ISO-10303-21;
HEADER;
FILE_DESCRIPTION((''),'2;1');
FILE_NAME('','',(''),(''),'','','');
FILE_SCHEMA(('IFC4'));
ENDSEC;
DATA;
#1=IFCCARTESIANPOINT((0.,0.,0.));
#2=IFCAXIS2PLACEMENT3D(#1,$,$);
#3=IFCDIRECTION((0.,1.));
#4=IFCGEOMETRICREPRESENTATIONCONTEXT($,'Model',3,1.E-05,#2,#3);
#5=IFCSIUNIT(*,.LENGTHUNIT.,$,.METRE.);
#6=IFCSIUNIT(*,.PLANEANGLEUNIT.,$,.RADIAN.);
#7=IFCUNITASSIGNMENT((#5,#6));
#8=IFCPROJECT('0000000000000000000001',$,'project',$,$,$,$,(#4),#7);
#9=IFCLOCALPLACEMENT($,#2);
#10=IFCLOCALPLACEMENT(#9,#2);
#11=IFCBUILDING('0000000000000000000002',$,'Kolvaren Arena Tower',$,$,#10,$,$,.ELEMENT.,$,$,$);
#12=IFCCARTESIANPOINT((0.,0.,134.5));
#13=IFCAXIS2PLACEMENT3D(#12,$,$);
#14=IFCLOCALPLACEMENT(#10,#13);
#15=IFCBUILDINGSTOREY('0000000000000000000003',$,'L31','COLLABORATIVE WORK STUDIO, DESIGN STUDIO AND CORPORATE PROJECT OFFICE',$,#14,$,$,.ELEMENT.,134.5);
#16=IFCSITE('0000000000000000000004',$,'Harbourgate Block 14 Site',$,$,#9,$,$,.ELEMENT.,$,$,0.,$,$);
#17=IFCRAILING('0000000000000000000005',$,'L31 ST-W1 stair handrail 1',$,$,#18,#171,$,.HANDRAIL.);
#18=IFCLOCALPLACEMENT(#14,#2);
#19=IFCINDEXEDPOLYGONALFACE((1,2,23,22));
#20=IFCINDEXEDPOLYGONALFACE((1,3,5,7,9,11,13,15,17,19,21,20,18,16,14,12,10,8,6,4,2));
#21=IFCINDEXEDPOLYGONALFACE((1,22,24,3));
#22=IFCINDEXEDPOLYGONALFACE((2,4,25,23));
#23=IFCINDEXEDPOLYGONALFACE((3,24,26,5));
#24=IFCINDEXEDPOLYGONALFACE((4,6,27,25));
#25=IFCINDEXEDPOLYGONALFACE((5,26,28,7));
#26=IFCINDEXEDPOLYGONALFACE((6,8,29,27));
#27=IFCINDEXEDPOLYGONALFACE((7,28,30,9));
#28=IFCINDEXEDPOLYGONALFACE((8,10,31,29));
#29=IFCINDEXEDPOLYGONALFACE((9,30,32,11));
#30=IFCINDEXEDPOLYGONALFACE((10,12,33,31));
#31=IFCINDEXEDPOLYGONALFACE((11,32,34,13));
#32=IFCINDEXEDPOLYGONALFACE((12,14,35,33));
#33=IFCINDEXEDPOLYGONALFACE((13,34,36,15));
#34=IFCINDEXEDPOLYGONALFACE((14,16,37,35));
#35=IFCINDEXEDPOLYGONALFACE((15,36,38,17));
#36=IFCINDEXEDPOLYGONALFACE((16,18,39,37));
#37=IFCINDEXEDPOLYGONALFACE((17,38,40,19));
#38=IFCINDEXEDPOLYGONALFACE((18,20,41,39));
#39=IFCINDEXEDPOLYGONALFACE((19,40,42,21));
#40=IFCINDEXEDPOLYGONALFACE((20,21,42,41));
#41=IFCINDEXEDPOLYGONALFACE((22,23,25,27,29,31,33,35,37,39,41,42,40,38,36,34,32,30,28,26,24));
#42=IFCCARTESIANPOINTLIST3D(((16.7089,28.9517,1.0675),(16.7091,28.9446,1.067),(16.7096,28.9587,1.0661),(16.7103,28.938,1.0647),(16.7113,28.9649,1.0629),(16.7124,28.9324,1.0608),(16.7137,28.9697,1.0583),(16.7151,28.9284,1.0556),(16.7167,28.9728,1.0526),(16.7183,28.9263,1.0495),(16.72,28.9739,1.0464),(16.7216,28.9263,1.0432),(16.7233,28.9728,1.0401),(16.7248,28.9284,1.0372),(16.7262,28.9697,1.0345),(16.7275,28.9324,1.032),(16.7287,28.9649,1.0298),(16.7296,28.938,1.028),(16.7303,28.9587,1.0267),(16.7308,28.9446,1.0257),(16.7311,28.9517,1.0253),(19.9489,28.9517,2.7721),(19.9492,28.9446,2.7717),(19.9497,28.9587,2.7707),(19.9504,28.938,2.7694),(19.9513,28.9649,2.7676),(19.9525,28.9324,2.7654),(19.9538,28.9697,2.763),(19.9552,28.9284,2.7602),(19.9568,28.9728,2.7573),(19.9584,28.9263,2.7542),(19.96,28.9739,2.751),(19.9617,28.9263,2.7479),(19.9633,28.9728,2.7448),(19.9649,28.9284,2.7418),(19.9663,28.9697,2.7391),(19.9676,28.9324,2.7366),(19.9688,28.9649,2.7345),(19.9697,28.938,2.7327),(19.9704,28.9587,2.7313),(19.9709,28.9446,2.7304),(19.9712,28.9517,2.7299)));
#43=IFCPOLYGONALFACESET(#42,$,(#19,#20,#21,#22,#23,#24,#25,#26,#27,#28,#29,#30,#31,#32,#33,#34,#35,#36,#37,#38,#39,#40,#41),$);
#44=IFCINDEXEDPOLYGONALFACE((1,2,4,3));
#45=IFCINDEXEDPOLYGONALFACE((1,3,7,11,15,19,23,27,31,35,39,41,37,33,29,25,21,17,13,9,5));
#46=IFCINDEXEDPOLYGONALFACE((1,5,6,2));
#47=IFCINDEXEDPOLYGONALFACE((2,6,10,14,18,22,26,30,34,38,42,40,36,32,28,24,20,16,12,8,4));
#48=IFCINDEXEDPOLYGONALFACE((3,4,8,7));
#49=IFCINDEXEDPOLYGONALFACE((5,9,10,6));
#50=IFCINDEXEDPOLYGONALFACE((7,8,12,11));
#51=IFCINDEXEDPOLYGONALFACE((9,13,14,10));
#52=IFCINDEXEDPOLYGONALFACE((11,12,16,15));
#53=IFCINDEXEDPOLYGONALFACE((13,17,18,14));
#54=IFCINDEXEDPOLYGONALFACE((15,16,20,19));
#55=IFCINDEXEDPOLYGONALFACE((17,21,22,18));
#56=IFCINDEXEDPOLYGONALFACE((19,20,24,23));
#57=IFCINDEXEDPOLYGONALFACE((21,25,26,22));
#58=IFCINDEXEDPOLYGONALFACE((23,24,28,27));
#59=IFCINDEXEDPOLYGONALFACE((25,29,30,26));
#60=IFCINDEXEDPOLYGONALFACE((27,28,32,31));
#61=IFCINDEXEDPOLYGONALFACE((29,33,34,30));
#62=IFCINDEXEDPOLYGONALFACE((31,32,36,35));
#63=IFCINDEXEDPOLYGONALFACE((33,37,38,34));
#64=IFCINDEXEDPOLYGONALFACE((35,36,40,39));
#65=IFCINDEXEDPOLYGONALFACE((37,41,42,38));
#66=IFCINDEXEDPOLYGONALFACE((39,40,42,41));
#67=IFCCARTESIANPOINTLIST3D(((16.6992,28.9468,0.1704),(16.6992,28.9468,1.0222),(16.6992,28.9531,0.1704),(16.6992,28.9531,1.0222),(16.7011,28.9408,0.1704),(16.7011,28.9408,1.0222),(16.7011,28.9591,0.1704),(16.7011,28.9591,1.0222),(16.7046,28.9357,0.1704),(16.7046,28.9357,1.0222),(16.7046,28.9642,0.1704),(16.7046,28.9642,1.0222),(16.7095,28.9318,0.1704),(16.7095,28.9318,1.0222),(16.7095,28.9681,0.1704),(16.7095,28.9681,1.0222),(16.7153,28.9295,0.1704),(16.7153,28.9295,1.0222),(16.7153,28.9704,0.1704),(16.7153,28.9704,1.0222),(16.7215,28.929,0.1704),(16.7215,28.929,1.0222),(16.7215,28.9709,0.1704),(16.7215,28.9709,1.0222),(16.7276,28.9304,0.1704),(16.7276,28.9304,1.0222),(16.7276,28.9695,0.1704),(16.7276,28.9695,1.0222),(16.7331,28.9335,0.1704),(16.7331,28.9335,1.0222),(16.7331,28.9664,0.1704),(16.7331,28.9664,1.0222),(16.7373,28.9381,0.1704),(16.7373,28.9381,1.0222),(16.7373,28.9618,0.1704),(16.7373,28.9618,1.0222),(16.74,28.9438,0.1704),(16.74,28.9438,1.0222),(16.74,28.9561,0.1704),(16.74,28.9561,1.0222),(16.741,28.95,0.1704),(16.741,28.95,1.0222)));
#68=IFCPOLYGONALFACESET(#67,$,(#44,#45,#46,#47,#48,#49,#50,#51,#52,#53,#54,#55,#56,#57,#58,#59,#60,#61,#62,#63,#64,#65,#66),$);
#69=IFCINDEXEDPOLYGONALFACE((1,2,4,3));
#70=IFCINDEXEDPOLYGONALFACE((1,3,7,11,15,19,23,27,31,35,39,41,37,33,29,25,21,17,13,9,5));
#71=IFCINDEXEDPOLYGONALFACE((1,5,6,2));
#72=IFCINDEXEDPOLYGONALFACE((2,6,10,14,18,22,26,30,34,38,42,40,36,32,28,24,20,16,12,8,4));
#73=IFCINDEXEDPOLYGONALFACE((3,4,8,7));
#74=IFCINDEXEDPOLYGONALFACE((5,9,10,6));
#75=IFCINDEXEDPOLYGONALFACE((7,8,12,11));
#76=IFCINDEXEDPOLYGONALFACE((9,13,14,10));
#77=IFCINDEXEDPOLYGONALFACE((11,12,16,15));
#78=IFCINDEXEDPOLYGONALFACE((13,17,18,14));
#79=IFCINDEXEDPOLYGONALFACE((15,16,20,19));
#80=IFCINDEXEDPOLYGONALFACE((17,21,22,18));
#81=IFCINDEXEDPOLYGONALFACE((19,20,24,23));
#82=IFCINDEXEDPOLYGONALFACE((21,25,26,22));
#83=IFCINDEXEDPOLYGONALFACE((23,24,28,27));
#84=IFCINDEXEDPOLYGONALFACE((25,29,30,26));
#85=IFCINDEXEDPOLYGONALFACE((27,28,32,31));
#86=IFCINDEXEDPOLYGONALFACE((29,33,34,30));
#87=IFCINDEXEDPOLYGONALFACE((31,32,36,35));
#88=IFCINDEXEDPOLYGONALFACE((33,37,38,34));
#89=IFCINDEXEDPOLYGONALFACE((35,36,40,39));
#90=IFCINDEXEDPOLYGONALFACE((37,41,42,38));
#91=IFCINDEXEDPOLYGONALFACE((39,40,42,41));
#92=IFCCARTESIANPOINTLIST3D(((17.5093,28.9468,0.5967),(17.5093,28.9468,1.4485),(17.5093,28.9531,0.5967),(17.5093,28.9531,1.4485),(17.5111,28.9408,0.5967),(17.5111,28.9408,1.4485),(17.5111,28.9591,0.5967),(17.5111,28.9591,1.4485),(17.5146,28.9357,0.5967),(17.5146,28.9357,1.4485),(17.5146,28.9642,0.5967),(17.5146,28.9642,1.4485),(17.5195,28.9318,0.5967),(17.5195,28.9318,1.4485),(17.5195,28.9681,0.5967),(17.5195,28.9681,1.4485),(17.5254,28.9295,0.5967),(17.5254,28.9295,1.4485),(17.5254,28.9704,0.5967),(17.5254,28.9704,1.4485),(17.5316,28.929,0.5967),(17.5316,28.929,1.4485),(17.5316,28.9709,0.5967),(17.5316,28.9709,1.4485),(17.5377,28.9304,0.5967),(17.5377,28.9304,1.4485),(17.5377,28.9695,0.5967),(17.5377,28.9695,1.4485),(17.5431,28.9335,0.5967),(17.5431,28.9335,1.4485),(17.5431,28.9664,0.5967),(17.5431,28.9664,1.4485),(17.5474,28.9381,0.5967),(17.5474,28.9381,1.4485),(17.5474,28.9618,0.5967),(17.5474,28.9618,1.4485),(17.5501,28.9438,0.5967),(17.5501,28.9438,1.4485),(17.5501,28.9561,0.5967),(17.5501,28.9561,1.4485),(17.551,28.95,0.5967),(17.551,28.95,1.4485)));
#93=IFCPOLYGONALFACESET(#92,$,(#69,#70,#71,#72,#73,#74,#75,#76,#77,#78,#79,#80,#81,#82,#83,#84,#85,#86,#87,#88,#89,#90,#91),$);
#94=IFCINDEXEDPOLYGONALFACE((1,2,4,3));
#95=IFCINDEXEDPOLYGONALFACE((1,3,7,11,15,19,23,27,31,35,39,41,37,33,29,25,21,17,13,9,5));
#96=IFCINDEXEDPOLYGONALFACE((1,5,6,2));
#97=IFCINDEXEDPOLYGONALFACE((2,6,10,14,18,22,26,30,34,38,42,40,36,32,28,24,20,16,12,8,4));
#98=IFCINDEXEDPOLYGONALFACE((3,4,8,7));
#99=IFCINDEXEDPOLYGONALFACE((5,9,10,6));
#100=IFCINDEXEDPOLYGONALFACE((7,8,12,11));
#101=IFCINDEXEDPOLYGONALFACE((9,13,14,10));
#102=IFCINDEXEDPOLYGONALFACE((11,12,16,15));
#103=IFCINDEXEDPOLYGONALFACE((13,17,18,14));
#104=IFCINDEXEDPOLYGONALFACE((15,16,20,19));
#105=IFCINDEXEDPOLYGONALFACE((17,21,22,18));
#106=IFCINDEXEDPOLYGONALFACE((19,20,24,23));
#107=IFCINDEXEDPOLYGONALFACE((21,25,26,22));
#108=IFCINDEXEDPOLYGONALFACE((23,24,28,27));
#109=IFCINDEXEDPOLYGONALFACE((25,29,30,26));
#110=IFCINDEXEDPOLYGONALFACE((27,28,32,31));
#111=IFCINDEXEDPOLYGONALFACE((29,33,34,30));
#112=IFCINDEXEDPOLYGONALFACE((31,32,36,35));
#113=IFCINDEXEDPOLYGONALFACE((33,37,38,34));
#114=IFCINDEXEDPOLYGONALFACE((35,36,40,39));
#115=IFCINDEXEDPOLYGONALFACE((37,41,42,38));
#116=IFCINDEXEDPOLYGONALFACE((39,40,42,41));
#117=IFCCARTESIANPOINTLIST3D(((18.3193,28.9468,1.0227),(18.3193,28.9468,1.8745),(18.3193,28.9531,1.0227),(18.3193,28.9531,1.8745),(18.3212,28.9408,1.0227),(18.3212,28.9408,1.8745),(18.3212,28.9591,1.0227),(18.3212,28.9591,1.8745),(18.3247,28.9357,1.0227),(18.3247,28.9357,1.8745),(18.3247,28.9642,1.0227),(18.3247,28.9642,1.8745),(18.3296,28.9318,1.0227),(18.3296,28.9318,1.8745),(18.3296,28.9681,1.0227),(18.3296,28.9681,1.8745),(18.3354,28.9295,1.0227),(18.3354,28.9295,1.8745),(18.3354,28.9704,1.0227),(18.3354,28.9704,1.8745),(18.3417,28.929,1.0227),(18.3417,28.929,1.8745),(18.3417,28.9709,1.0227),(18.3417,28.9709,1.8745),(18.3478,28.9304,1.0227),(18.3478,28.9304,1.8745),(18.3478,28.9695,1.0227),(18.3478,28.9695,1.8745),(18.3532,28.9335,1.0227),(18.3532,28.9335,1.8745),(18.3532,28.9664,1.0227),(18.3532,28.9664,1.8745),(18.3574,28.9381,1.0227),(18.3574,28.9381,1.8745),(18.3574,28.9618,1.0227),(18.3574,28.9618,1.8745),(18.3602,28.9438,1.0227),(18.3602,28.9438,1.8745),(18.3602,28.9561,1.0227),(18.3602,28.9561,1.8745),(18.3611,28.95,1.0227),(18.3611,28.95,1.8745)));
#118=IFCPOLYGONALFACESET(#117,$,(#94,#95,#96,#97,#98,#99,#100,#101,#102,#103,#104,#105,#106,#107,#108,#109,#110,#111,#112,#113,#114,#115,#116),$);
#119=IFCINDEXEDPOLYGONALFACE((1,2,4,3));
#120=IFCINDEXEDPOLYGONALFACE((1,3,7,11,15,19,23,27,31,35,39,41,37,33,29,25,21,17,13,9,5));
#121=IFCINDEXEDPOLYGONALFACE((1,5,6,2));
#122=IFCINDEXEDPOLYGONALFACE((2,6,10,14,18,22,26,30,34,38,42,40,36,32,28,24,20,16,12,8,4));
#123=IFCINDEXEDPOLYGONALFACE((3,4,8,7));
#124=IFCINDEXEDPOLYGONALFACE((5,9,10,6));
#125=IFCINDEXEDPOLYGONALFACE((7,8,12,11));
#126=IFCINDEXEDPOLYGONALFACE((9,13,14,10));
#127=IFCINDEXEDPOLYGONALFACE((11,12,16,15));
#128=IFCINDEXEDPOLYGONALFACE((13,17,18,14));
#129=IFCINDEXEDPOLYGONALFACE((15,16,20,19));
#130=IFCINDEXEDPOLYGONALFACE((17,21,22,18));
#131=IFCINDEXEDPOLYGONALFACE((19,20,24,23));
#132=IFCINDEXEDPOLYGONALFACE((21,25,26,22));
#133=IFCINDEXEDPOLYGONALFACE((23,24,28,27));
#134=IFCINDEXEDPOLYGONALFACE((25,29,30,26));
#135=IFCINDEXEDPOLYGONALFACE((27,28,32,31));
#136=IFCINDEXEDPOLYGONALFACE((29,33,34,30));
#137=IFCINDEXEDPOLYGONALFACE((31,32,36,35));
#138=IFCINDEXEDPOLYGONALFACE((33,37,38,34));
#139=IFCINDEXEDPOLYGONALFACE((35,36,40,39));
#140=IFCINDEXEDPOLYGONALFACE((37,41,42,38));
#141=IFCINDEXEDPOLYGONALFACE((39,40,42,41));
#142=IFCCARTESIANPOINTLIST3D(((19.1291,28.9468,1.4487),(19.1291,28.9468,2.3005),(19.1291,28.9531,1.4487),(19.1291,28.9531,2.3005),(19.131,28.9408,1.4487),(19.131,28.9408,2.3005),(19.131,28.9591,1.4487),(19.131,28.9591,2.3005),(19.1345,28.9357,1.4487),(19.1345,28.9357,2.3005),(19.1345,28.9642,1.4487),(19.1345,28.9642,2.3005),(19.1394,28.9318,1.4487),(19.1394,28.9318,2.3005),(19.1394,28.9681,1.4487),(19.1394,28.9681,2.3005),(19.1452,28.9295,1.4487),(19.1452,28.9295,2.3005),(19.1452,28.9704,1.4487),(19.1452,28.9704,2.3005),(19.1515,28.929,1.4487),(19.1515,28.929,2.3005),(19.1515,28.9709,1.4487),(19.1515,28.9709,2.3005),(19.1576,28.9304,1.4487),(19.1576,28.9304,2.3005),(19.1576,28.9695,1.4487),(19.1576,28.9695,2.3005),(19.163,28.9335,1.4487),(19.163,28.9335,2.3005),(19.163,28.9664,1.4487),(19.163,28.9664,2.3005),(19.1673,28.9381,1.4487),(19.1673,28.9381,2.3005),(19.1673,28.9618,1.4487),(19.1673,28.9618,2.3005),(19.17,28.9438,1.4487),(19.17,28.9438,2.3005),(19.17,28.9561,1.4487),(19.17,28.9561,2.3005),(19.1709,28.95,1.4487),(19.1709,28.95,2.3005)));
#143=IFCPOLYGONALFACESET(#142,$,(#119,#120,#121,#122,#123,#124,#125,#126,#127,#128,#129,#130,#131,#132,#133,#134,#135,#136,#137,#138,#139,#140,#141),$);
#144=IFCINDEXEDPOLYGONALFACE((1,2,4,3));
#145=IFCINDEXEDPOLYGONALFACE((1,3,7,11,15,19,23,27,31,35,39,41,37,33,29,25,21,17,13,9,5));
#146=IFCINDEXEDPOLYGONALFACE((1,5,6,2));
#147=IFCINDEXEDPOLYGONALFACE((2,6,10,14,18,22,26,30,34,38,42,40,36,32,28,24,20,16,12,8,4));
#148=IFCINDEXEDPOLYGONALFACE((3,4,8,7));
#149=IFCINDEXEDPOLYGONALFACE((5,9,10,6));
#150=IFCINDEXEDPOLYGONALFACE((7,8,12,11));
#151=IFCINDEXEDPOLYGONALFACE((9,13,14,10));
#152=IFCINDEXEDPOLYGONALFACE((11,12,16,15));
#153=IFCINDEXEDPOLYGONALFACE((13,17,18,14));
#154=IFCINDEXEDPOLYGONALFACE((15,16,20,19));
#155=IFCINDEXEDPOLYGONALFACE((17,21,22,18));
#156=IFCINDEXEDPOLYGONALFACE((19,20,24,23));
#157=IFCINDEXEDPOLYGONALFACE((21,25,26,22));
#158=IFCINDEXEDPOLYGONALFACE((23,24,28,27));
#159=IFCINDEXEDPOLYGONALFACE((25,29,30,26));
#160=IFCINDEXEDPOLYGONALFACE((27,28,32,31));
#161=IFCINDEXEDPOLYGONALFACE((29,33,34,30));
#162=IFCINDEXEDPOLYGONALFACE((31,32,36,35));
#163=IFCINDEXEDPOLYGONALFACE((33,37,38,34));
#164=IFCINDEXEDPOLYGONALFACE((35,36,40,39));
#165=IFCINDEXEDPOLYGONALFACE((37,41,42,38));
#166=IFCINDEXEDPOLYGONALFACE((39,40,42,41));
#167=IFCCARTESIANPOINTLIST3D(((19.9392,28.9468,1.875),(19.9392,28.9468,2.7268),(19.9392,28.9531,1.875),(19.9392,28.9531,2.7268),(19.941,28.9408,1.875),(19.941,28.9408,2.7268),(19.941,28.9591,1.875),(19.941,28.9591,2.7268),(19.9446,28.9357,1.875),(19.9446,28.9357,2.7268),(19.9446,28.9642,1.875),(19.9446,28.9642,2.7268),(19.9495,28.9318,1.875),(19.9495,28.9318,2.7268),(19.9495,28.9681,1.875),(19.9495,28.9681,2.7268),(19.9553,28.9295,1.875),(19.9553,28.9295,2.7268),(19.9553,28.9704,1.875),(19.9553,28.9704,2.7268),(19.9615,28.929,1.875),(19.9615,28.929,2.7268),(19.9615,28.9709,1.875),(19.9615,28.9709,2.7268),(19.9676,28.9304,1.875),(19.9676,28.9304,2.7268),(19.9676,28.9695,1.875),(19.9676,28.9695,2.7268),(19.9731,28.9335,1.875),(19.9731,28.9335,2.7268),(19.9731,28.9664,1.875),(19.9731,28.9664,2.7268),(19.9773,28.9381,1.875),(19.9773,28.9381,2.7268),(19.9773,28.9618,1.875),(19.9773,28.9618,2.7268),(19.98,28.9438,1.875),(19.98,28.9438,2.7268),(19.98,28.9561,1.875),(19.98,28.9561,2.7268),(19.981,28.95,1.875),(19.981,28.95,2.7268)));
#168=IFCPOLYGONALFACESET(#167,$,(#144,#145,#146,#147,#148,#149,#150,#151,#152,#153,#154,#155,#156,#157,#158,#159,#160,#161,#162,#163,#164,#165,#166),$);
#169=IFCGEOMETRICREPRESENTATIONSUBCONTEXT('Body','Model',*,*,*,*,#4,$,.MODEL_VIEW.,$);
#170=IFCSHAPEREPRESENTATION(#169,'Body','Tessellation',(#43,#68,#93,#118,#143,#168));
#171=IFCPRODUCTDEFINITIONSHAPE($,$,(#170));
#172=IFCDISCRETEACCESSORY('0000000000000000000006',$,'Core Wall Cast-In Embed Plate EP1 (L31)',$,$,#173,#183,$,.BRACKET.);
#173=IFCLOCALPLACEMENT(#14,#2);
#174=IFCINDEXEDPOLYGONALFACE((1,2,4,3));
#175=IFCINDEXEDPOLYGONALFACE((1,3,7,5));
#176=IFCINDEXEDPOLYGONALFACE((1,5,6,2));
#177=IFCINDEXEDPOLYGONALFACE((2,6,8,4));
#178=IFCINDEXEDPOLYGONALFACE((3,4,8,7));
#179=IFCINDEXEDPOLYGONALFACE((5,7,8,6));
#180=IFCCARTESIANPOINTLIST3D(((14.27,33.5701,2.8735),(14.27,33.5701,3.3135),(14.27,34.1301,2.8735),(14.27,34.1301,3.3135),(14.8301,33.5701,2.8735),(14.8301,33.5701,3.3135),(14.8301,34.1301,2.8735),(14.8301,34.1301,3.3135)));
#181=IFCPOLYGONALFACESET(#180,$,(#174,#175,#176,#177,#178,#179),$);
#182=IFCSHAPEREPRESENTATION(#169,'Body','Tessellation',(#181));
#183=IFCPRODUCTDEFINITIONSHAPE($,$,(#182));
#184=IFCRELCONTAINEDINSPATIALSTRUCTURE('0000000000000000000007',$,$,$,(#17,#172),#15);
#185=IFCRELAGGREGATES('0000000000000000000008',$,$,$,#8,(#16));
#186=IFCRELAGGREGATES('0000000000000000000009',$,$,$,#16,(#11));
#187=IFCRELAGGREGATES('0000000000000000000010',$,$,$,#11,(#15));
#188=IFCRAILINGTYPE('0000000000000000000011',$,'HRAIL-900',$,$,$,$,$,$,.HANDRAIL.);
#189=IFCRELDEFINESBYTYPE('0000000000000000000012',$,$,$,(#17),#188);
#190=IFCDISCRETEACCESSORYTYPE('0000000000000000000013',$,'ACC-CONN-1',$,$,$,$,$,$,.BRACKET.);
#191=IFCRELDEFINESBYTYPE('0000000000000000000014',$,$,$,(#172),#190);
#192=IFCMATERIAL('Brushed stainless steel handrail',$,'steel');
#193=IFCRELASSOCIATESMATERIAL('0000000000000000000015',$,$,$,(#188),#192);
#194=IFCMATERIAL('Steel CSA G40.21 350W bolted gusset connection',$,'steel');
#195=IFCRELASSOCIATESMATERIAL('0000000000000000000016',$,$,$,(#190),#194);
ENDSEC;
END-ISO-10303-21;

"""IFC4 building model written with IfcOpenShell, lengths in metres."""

from ifc_helpers import new_model, si_unit, direction, frame, origin, origin_2d, place, context, subcontext, project, spatial, rectangle, circle, extrude, material, type_object, element, save


model = new_model("IFC4")

# Units and contexts
model_context = context("Model", 3, precision=1e-05, world=origin(), true_north=direction((0.0, 1.0)))
body_context = subcontext(model_context, "Body", "Model", "MODEL_VIEW")
ifc_project = project(units=[si_unit("LENGTHUNIT", "METRE"), si_unit("PLANEANGLEUNIT", "RADIAN")], contexts=[model_context])

# Site, building, storey
site_placement = place(None, origin())
site = spatial("IfcSite", under=ifc_project, at=site_placement, Name="Harbourgate Block 14 Site", CompositionType="ELEMENT", RefElevation=0.0)
building_placement = place(site_placement, origin())
building = spatial("IfcBuilding", under=site, at=building_placement, Name="Kolvaren Arena Tower", CompositionType="ELEMENT")
storey_placement = place(building_placement, frame((0.0, 0.0, 134.5)))
storey = spatial("IfcBuildingStorey", under=building, at=storey_placement, Name="L31", Description="COLLABORATIVE WORK STUDIO, DESIGN STUDIO AND CORPORATE PROJECT OFFICE", CompositionType="ELEMENT", Elevation=134.5)

# Railing
ifc_material_1 = material(Name="Brushed stainless steel handrail", Category="steel")
railing_type_1 = type_object("IfcRailingType", Name="HRAIL-900", PredefinedType="HANDRAIL", material=ifc_material_1)
railing_1_placement = place(storey_placement, frame((16.72, 28.95, 0.1704)))
element("IfcRailing", 1, at=railing_1_placement, inside=storey, type_object=railing_type_1, Name="L31 ST-W1 stair handrail 1", PredefinedType="HANDRAIL", context=body_context, shape_type="SweptSolid", body=[
    extrude(circle(Radius=0.0239, at=origin_2d()), frame((0.0, 0.0, 0.876), z_axis=(0.884993, 0.0, 0.465604), x_axis=(0.0, 1.0, 0.0)), (0.0, 0.0, 1.0), 3.6611),
    extrude(circle(Radius=0.021, at=origin_2d()), origin(), (0.0, 0.0, 1.0), 0.8518),
    extrude(circle(Radius=0.021, at=origin_2d()), frame((0.8101, 0.0, 0.4263)), (0.0, 0.0, 1.0), 0.8518),
    extrude(circle(Radius=0.021, at=origin_2d()), frame((1.6201, 0.0, 0.8523)), (0.0, 0.0, 1.0), 0.8518),
    extrude(circle(Radius=0.021, at=origin_2d()), frame((2.4299, 0.0, 1.2783)), (0.0, 0.0, 1.0), 0.8518),
    extrude(circle(Radius=0.021, at=origin_2d()), frame((3.24, 0.0, 1.7046)), (0.0, 0.0, 1.0), 0.8518),
])

# Discrete accessory
ifc_material_2 = material(Name="Steel CSA G40.21 350W bolted gusset connection", Category="steel")
discrete_accessory_type = type_object("IfcDiscreteAccessoryType", Name="ACC-CONN-1", PredefinedType="BRACKET", material=ifc_material_2)
discrete_accessory_placement = place(storey_placement, frame((14.55, 33.8501, 2.8735), z_axis=(0.0, 0.0, 1.0), x_axis=(1.0, 0.0, 0.0)))
element("IfcDiscreteAccessory", 2, at=discrete_accessory_placement, inside=storey, type_object=discrete_accessory_type, Name="Core Wall Cast-In Embed Plate EP1 (L31)", PredefinedType="BRACKET", context=body_context, shape_type="SweptSolid", body=[
    extrude(rectangle(XDim=0.5601, YDim=0.5601, at=origin_2d()), origin(), (0.0, 0.0, 1.0), 0.4399),
])

save(model, "model.ifc")
